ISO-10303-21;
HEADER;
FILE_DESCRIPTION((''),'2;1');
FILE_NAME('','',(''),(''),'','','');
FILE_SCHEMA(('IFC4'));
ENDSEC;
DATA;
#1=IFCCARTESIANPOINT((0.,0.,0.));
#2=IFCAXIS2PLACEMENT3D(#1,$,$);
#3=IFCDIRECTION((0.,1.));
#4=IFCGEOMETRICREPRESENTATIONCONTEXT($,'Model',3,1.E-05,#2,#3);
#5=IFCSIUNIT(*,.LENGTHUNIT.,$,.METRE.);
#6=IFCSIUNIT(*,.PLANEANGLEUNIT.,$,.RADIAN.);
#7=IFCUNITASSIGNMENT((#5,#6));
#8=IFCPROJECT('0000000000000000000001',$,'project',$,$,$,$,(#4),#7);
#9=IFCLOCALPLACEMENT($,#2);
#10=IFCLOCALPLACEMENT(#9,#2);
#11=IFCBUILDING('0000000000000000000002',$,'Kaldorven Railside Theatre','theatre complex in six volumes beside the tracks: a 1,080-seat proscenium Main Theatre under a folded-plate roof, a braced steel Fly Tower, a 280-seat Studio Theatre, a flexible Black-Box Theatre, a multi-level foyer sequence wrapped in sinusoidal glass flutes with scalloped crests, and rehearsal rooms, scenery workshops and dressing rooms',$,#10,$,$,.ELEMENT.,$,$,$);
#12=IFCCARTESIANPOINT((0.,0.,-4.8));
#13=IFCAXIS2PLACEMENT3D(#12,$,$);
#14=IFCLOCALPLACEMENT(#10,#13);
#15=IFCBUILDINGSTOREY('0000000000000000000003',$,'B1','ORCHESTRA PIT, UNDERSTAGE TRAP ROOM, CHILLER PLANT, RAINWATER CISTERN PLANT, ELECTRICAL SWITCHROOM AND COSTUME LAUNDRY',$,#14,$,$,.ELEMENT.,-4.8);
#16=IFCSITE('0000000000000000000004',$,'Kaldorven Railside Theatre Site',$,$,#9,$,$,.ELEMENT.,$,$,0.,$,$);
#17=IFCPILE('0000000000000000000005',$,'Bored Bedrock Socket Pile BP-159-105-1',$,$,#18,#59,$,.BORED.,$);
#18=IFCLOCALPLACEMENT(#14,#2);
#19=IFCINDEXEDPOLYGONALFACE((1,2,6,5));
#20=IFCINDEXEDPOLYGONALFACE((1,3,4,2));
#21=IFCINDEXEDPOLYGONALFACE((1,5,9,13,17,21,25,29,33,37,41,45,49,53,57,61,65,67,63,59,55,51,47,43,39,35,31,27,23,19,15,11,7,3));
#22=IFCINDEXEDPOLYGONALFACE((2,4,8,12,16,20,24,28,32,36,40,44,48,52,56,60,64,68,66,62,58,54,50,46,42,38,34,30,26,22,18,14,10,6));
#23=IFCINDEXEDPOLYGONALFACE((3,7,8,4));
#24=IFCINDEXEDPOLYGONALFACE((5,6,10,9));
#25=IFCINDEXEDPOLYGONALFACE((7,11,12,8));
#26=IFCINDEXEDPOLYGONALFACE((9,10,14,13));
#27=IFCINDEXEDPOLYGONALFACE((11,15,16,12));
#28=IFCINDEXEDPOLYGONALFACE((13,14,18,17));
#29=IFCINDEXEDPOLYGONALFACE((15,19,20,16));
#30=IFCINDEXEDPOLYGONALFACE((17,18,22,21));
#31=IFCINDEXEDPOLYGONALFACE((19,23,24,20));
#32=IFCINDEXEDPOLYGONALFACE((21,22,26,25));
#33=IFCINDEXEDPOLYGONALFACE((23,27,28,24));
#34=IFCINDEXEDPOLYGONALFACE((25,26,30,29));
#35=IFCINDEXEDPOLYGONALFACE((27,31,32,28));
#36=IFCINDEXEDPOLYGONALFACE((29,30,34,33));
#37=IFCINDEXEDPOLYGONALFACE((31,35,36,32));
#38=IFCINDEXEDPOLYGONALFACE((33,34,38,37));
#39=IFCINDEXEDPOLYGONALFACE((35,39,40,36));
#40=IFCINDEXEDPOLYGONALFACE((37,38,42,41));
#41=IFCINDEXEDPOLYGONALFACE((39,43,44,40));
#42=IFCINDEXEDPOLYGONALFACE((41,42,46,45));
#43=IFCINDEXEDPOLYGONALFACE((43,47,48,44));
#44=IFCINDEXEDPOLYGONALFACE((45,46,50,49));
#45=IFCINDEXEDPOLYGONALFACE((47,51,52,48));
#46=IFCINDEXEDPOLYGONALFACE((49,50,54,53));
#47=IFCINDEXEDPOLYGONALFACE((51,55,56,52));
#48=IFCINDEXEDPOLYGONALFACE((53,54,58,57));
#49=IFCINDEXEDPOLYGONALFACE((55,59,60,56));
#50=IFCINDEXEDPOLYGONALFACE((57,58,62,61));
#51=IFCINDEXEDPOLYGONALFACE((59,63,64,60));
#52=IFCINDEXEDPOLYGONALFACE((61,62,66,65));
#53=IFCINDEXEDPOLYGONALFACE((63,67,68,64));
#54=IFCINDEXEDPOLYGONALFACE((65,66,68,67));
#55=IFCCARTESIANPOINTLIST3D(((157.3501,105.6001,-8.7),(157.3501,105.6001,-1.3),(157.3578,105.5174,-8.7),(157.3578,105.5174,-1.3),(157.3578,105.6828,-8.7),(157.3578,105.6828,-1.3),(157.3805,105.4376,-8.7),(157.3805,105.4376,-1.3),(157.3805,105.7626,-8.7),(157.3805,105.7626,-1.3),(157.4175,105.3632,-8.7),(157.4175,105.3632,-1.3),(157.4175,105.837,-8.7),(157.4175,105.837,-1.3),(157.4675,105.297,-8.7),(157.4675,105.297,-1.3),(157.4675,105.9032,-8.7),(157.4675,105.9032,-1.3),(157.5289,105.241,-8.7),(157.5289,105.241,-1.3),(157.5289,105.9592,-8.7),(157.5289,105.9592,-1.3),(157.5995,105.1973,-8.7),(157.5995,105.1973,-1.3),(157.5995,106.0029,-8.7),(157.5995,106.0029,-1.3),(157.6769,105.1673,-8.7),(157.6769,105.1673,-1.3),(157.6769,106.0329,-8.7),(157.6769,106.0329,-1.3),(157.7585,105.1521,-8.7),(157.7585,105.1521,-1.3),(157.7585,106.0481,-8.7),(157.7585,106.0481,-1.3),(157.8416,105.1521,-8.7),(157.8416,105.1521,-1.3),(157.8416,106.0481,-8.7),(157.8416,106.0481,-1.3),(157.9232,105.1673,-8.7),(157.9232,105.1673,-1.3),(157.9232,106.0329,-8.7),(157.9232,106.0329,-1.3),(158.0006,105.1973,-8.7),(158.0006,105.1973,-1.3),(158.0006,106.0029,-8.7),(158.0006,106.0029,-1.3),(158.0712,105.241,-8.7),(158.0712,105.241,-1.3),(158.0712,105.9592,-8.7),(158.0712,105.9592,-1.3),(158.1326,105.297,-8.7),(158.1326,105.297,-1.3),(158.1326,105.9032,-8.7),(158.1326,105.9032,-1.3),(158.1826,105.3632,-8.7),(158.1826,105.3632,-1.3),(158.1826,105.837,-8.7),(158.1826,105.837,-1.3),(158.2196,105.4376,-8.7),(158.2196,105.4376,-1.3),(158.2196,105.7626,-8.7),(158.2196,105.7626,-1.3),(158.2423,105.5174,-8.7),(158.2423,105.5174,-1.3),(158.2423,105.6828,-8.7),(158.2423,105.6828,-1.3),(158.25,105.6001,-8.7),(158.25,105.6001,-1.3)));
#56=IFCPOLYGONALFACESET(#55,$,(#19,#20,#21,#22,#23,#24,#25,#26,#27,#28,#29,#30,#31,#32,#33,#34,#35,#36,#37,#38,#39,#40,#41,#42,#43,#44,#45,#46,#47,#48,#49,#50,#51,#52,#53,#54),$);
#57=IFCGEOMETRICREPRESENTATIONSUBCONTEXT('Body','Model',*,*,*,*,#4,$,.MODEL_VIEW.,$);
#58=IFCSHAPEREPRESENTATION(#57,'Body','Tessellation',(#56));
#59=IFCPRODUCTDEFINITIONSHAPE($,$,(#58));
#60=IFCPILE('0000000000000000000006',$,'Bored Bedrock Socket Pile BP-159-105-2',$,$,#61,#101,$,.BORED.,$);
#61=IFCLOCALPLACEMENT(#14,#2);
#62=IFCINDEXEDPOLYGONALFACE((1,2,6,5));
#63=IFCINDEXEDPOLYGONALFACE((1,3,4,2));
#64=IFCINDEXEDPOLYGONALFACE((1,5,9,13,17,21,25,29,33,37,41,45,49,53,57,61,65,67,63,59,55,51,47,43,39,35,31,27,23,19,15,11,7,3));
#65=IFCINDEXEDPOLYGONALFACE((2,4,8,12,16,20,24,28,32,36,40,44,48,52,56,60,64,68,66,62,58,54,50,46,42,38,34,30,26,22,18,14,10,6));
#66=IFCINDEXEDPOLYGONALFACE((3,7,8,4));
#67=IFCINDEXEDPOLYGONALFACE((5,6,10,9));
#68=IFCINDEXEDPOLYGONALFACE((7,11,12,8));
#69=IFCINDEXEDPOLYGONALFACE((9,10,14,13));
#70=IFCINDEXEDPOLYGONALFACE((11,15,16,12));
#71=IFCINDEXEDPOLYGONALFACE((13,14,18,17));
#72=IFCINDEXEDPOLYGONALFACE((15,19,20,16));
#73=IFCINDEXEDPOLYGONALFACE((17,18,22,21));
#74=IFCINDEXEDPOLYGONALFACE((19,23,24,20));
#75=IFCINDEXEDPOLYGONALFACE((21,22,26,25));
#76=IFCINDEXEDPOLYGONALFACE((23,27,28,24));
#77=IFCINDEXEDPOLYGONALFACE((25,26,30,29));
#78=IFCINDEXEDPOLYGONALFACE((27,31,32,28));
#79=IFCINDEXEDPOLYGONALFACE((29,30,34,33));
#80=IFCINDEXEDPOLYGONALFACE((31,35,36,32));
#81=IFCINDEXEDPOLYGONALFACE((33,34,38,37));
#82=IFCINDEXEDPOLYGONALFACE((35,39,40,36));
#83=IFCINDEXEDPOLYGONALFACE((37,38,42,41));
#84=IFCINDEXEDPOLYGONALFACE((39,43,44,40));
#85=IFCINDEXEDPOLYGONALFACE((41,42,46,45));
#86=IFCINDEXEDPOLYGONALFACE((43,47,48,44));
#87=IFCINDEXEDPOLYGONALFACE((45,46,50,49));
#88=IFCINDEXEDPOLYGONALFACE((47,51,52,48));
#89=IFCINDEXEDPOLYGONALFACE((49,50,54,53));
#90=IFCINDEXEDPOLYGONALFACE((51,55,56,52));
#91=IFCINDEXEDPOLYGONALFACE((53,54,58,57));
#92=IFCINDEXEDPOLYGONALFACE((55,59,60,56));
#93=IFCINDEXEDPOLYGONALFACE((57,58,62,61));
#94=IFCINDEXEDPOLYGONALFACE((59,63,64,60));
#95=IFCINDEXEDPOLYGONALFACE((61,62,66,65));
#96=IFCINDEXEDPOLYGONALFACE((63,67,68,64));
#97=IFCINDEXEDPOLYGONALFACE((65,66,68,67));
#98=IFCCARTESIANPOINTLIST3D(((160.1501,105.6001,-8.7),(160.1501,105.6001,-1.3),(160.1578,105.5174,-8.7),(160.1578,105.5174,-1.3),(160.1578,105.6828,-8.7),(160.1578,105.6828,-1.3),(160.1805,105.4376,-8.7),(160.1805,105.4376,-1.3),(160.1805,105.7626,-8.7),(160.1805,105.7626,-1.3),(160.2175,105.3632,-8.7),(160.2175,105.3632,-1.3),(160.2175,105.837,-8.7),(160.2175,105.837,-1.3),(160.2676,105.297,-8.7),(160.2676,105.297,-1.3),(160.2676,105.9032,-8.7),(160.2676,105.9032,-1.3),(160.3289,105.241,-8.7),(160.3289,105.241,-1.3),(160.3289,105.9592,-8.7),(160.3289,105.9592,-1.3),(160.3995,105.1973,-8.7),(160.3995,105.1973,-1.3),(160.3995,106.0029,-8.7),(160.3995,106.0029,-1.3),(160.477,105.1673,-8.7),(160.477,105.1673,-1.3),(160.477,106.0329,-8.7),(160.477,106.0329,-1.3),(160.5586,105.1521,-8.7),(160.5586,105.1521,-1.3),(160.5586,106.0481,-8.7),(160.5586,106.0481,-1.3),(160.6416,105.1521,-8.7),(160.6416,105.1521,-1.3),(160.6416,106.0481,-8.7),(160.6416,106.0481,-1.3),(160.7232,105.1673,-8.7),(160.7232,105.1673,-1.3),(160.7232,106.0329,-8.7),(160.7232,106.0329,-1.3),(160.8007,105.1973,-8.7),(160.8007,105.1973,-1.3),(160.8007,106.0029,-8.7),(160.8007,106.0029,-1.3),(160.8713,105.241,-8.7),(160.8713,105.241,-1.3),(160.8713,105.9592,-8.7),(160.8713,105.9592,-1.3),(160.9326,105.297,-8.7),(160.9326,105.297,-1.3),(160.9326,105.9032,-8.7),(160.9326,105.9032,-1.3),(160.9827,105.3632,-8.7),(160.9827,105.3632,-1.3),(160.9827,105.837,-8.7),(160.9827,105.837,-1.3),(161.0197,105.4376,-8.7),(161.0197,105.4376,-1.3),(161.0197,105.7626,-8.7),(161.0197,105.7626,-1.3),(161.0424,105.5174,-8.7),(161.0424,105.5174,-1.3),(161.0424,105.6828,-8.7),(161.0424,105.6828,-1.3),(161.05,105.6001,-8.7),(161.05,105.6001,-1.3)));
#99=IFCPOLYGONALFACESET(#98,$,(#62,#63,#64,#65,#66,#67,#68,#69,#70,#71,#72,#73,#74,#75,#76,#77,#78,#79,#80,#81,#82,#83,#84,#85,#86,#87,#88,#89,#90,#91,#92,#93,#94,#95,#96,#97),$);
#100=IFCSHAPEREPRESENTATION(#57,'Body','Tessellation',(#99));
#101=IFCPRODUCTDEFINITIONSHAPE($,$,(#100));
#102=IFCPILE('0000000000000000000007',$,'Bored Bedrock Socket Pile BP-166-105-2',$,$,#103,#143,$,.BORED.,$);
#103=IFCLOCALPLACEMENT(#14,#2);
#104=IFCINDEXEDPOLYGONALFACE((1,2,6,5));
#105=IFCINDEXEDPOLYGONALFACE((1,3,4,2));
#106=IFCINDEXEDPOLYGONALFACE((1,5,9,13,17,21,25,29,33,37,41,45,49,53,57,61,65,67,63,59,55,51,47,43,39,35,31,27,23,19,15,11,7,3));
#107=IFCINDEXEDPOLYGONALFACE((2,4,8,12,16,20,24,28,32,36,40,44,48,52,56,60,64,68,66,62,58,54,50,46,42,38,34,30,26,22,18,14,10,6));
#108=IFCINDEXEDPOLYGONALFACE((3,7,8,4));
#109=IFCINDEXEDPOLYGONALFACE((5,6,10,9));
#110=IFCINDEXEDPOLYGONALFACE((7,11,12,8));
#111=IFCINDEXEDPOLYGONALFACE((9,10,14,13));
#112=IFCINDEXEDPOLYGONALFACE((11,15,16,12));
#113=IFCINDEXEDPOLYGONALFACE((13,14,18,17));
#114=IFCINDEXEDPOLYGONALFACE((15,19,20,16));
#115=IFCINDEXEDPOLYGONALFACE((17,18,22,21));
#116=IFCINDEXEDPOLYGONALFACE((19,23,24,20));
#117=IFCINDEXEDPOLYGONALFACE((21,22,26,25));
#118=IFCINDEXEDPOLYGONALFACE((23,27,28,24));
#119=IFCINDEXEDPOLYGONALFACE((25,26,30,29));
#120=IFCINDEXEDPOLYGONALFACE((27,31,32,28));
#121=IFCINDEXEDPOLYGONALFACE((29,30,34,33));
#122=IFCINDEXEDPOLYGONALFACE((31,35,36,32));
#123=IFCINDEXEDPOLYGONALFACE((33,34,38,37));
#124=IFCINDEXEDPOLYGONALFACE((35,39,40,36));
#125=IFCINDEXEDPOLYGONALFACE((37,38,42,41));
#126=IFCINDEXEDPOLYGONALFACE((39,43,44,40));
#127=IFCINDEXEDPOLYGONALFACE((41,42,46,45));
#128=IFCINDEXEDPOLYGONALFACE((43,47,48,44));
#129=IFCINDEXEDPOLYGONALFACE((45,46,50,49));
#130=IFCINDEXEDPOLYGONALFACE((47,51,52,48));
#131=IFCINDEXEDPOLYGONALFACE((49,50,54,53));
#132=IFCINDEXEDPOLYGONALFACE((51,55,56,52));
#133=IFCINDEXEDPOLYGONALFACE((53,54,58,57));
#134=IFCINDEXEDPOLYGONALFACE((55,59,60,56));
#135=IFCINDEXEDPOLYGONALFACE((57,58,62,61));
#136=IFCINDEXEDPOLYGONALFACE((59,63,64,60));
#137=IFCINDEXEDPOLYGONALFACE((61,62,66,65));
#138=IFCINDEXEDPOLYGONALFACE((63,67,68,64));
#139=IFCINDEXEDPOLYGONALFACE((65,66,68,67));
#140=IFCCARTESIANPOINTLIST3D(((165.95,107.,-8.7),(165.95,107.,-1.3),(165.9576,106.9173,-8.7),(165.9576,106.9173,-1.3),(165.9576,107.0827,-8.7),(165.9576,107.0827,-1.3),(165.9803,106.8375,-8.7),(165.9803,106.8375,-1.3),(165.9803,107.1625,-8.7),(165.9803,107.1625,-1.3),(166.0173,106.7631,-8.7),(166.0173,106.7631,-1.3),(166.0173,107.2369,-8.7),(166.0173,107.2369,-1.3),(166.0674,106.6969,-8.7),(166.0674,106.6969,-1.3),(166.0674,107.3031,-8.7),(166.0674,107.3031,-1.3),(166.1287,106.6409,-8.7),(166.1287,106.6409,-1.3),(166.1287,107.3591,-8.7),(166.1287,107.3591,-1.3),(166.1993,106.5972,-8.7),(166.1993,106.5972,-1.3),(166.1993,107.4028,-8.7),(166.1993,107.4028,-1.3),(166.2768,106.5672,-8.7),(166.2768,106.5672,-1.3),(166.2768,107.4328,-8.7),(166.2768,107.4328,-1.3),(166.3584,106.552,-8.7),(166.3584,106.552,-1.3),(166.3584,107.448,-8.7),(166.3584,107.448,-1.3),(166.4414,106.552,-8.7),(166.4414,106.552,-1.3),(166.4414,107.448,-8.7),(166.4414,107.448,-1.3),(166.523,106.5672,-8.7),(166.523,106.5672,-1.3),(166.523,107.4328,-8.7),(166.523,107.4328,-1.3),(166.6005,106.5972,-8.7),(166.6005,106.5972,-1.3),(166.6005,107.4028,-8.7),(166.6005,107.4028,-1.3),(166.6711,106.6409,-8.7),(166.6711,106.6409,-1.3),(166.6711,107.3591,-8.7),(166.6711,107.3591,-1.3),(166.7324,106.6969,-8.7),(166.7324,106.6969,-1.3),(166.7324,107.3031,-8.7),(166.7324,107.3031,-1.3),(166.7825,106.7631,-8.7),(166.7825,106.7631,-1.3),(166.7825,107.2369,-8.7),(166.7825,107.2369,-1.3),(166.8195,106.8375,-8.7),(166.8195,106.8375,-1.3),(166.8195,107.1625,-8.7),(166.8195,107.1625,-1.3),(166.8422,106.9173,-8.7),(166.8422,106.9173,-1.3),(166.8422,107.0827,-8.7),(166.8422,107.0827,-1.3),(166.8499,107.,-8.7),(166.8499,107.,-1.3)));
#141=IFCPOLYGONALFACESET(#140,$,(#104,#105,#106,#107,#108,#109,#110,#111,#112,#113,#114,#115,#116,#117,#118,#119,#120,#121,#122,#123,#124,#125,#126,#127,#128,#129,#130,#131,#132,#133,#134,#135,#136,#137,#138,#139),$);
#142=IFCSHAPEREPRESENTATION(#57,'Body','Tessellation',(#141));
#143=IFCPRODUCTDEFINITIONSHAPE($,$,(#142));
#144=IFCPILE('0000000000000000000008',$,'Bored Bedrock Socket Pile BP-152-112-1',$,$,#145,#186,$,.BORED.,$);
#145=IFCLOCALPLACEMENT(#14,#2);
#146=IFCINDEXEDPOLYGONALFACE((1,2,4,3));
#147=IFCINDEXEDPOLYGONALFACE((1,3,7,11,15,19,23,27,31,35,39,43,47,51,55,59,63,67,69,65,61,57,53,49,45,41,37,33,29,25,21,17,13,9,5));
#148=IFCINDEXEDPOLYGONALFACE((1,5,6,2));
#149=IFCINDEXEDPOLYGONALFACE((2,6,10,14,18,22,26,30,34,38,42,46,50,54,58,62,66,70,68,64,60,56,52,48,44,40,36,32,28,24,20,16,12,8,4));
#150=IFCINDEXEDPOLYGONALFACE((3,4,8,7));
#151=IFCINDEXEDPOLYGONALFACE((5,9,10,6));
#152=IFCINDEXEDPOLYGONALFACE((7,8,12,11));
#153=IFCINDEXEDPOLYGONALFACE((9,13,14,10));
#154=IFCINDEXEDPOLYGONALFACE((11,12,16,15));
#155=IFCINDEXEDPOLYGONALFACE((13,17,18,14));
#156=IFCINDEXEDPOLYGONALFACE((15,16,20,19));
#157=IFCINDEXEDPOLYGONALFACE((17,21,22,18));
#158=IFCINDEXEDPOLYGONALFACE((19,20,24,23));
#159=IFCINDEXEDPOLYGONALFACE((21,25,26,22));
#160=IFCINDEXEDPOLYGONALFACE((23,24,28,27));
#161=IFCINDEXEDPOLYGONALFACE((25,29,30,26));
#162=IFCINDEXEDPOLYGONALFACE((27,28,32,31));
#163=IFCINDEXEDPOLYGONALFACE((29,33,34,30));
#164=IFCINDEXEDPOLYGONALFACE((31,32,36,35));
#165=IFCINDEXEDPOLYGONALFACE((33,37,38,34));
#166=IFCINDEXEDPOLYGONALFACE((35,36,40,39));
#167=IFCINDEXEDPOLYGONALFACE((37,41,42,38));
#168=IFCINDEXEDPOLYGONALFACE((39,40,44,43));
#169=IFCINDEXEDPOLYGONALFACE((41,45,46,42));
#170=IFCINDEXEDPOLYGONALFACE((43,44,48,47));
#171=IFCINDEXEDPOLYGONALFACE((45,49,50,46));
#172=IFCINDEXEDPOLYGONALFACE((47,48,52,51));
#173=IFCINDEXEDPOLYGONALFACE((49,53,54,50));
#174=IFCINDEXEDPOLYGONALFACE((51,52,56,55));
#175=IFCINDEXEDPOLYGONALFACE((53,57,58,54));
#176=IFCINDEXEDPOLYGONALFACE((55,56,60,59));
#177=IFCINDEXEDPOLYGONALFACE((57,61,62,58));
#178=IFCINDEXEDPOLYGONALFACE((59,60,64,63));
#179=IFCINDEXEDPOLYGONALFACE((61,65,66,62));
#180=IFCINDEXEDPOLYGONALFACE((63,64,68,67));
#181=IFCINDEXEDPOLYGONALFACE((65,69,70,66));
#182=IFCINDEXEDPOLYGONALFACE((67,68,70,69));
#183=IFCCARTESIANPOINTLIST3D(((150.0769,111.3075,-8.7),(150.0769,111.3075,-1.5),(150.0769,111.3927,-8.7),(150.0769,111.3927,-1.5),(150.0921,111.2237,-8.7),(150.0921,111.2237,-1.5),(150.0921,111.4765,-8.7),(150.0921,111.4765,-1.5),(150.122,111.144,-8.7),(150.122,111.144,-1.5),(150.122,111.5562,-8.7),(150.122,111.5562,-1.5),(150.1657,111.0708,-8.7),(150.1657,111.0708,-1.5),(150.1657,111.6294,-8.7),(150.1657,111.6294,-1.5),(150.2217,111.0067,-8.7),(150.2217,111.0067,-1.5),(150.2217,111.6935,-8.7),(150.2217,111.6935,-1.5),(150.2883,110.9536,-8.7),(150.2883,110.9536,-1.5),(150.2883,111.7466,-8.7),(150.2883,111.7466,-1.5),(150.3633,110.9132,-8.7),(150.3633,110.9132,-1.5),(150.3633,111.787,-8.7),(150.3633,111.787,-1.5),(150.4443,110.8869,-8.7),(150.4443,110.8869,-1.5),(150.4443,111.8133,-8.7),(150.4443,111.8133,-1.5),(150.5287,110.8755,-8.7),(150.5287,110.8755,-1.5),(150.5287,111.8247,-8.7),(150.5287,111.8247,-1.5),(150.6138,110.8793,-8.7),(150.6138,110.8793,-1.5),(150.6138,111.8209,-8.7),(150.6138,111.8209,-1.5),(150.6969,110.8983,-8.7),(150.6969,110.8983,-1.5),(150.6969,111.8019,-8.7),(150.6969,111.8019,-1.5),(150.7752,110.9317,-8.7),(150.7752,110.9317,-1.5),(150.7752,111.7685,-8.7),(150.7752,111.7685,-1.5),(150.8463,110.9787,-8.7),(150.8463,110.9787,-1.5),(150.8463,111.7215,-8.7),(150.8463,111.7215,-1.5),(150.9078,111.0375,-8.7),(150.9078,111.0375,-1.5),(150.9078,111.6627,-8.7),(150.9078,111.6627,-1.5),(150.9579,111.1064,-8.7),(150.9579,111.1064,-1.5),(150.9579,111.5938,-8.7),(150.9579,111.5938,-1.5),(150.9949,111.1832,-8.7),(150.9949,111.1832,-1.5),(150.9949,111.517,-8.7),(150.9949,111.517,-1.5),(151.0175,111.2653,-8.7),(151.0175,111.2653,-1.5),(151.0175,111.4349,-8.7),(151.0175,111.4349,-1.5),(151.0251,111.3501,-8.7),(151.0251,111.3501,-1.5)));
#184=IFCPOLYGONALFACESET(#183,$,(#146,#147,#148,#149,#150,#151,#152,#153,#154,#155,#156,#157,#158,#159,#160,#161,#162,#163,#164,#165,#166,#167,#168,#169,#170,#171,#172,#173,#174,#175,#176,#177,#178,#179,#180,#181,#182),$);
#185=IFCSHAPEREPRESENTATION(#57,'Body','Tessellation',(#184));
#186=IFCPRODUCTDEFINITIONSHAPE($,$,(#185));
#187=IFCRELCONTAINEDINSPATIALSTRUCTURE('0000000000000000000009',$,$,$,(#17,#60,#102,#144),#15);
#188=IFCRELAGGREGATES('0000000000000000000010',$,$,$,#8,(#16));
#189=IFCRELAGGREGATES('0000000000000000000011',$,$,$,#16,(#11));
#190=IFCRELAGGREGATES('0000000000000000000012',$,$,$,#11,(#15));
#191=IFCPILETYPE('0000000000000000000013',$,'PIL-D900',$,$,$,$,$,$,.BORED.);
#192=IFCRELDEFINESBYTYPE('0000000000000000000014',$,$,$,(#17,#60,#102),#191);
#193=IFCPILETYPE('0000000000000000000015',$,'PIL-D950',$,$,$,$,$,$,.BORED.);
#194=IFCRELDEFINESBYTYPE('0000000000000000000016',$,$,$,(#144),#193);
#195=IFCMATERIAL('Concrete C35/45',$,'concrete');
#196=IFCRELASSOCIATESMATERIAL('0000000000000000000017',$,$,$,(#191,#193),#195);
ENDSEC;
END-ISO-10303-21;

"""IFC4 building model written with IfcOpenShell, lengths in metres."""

from ifc_helpers import new_model, si_unit, direction, frame, origin, origin_2d, place, context, subcontext, project, spatial, circle, extrude, material, material_profile, profile_set, type_object, element, save


model = new_model("IFC4")

# Units and contexts
model_context = context("Model", 3, precision=1e-05, world=origin(), true_north=direction((0.0, 1.0)))
body_context = subcontext(model_context, "Body", "Model", "MODEL_VIEW")
ifc_project = project(units=[si_unit("LENGTHUNIT", "METRE"), si_unit("PLANEANGLEUNIT", "RADIAN")], contexts=[model_context])

# Site, building, storey
site_placement = place(None, origin())
site = spatial("IfcSite", under=ifc_project, at=site_placement, Name="Kaldorven Railside Theatre Site", CompositionType="ELEMENT", RefElevation=0.0)
building_placement = place(site_placement, origin())
building = spatial("IfcBuilding", under=site, at=building_placement, Name="Kaldorven Railside Theatre", Description="theatre complex in six volumes beside the tracks: a 1,080-seat proscenium Main Theatre under a folded-plate roof, a braced steel Fly Tower, a 280-seat Studio Theatre, a flexible Black-Box Theatre, a multi-level foyer sequence wrapped in sinusoidal glass flutes with scalloped crests, and rehearsal rooms, scenery workshops and dressing rooms", CompositionType="ELEMENT")
storey_placement = place(building_placement, frame((0.0, 0.0, -4.8)))
storey = spatial("IfcBuildingStorey", under=building, at=storey_placement, Name="B1", Description="ORCHESTRA PIT, UNDERSTAGE TRAP ROOM, CHILLER PLANT, RAINWATER CISTERN PLANT, ELECTRICAL SWITCHROOM AND COSTUME LAUNDRY", CompositionType="ELEMENT", Elevation=-4.8)

# Piles
ifc_material_1 = material(Name="Concrete C35/45", Category="concrete")
ifc_material_profile_1 = material_profile(ifc_material_1, circle(Radius=0.45, at=origin_2d()), Name="BP D900")
ifc_profile_set_1 = profile_set([ifc_material_profile_1], Name="Concrete C35/45")
pile_type_1 = type_object("IfcPileType", Name="PIL-D900", PredefinedType="BORED", material=ifc_profile_set_1)
for number, where, z_axis, x_axis, name in (
    (1, (157.8, 105.6001, -1.3), (0.0, 0.0, -1.0), (1.0, 0.0, 0.0), "Bored Bedrock Socket Pile BP-159-105-1"),
    (2, (160.6001, 105.6001, -1.3), (0.0, 0.0, -1.0), (1.0, 0.0, 0.0), "Bored Bedrock Socket Pile BP-159-105-2"),
    (3, (166.3999, 107.0, -1.3), (0.0, 0.0, -1.0), (1.0, 0.0, 0.0), "Bored Bedrock Socket Pile BP-166-105-2"),
):
    element("IfcPile", number, at=place(storey_placement, frame(where, z_axis=z_axis, x_axis=x_axis)), inside=storey, type_object=pile_type_1, Name=name, PredefinedType="BORED", context=body_context, shape_type="SweptSolid", body=[
        extrude(circle(Radius=0.45, at=origin_2d()), origin(), (0.0, 0.0, 1.0), 7.3999),
    ])
ifc_material_profile_2 = material_profile(ifc_material_1, circle(Radius=0.4751, at=origin_2d()), Name="BP D950")
ifc_profile_set_2 = profile_set([ifc_material_profile_2], Name="Concrete C35/45")
pile_type_2 = type_object("IfcPileType", Name="PIL-D950", PredefinedType="BORED", material=ifc_profile_set_2)
for number, where, z_axis, x_axis, name in (
    (4, (150.55, 111.3501, -1.5), (0.0, 0.0, -1.0), (1.0, 0.0, 0.0), "Bored Bedrock Socket Pile BP-152-112-1"),
):
    element("IfcPile", number, at=place(storey_placement, frame(where, z_axis=z_axis, x_axis=x_axis)), inside=storey, type_object=pile_type_2, Name=name, PredefinedType="BORED", context=body_context, shape_type="SweptSolid", body=[
        extrude(circle(Radius=0.4751, at=origin_2d()), origin(), (0.0, 0.0, 1.0), 7.2),
    ])

save(model, "model.ifc")
